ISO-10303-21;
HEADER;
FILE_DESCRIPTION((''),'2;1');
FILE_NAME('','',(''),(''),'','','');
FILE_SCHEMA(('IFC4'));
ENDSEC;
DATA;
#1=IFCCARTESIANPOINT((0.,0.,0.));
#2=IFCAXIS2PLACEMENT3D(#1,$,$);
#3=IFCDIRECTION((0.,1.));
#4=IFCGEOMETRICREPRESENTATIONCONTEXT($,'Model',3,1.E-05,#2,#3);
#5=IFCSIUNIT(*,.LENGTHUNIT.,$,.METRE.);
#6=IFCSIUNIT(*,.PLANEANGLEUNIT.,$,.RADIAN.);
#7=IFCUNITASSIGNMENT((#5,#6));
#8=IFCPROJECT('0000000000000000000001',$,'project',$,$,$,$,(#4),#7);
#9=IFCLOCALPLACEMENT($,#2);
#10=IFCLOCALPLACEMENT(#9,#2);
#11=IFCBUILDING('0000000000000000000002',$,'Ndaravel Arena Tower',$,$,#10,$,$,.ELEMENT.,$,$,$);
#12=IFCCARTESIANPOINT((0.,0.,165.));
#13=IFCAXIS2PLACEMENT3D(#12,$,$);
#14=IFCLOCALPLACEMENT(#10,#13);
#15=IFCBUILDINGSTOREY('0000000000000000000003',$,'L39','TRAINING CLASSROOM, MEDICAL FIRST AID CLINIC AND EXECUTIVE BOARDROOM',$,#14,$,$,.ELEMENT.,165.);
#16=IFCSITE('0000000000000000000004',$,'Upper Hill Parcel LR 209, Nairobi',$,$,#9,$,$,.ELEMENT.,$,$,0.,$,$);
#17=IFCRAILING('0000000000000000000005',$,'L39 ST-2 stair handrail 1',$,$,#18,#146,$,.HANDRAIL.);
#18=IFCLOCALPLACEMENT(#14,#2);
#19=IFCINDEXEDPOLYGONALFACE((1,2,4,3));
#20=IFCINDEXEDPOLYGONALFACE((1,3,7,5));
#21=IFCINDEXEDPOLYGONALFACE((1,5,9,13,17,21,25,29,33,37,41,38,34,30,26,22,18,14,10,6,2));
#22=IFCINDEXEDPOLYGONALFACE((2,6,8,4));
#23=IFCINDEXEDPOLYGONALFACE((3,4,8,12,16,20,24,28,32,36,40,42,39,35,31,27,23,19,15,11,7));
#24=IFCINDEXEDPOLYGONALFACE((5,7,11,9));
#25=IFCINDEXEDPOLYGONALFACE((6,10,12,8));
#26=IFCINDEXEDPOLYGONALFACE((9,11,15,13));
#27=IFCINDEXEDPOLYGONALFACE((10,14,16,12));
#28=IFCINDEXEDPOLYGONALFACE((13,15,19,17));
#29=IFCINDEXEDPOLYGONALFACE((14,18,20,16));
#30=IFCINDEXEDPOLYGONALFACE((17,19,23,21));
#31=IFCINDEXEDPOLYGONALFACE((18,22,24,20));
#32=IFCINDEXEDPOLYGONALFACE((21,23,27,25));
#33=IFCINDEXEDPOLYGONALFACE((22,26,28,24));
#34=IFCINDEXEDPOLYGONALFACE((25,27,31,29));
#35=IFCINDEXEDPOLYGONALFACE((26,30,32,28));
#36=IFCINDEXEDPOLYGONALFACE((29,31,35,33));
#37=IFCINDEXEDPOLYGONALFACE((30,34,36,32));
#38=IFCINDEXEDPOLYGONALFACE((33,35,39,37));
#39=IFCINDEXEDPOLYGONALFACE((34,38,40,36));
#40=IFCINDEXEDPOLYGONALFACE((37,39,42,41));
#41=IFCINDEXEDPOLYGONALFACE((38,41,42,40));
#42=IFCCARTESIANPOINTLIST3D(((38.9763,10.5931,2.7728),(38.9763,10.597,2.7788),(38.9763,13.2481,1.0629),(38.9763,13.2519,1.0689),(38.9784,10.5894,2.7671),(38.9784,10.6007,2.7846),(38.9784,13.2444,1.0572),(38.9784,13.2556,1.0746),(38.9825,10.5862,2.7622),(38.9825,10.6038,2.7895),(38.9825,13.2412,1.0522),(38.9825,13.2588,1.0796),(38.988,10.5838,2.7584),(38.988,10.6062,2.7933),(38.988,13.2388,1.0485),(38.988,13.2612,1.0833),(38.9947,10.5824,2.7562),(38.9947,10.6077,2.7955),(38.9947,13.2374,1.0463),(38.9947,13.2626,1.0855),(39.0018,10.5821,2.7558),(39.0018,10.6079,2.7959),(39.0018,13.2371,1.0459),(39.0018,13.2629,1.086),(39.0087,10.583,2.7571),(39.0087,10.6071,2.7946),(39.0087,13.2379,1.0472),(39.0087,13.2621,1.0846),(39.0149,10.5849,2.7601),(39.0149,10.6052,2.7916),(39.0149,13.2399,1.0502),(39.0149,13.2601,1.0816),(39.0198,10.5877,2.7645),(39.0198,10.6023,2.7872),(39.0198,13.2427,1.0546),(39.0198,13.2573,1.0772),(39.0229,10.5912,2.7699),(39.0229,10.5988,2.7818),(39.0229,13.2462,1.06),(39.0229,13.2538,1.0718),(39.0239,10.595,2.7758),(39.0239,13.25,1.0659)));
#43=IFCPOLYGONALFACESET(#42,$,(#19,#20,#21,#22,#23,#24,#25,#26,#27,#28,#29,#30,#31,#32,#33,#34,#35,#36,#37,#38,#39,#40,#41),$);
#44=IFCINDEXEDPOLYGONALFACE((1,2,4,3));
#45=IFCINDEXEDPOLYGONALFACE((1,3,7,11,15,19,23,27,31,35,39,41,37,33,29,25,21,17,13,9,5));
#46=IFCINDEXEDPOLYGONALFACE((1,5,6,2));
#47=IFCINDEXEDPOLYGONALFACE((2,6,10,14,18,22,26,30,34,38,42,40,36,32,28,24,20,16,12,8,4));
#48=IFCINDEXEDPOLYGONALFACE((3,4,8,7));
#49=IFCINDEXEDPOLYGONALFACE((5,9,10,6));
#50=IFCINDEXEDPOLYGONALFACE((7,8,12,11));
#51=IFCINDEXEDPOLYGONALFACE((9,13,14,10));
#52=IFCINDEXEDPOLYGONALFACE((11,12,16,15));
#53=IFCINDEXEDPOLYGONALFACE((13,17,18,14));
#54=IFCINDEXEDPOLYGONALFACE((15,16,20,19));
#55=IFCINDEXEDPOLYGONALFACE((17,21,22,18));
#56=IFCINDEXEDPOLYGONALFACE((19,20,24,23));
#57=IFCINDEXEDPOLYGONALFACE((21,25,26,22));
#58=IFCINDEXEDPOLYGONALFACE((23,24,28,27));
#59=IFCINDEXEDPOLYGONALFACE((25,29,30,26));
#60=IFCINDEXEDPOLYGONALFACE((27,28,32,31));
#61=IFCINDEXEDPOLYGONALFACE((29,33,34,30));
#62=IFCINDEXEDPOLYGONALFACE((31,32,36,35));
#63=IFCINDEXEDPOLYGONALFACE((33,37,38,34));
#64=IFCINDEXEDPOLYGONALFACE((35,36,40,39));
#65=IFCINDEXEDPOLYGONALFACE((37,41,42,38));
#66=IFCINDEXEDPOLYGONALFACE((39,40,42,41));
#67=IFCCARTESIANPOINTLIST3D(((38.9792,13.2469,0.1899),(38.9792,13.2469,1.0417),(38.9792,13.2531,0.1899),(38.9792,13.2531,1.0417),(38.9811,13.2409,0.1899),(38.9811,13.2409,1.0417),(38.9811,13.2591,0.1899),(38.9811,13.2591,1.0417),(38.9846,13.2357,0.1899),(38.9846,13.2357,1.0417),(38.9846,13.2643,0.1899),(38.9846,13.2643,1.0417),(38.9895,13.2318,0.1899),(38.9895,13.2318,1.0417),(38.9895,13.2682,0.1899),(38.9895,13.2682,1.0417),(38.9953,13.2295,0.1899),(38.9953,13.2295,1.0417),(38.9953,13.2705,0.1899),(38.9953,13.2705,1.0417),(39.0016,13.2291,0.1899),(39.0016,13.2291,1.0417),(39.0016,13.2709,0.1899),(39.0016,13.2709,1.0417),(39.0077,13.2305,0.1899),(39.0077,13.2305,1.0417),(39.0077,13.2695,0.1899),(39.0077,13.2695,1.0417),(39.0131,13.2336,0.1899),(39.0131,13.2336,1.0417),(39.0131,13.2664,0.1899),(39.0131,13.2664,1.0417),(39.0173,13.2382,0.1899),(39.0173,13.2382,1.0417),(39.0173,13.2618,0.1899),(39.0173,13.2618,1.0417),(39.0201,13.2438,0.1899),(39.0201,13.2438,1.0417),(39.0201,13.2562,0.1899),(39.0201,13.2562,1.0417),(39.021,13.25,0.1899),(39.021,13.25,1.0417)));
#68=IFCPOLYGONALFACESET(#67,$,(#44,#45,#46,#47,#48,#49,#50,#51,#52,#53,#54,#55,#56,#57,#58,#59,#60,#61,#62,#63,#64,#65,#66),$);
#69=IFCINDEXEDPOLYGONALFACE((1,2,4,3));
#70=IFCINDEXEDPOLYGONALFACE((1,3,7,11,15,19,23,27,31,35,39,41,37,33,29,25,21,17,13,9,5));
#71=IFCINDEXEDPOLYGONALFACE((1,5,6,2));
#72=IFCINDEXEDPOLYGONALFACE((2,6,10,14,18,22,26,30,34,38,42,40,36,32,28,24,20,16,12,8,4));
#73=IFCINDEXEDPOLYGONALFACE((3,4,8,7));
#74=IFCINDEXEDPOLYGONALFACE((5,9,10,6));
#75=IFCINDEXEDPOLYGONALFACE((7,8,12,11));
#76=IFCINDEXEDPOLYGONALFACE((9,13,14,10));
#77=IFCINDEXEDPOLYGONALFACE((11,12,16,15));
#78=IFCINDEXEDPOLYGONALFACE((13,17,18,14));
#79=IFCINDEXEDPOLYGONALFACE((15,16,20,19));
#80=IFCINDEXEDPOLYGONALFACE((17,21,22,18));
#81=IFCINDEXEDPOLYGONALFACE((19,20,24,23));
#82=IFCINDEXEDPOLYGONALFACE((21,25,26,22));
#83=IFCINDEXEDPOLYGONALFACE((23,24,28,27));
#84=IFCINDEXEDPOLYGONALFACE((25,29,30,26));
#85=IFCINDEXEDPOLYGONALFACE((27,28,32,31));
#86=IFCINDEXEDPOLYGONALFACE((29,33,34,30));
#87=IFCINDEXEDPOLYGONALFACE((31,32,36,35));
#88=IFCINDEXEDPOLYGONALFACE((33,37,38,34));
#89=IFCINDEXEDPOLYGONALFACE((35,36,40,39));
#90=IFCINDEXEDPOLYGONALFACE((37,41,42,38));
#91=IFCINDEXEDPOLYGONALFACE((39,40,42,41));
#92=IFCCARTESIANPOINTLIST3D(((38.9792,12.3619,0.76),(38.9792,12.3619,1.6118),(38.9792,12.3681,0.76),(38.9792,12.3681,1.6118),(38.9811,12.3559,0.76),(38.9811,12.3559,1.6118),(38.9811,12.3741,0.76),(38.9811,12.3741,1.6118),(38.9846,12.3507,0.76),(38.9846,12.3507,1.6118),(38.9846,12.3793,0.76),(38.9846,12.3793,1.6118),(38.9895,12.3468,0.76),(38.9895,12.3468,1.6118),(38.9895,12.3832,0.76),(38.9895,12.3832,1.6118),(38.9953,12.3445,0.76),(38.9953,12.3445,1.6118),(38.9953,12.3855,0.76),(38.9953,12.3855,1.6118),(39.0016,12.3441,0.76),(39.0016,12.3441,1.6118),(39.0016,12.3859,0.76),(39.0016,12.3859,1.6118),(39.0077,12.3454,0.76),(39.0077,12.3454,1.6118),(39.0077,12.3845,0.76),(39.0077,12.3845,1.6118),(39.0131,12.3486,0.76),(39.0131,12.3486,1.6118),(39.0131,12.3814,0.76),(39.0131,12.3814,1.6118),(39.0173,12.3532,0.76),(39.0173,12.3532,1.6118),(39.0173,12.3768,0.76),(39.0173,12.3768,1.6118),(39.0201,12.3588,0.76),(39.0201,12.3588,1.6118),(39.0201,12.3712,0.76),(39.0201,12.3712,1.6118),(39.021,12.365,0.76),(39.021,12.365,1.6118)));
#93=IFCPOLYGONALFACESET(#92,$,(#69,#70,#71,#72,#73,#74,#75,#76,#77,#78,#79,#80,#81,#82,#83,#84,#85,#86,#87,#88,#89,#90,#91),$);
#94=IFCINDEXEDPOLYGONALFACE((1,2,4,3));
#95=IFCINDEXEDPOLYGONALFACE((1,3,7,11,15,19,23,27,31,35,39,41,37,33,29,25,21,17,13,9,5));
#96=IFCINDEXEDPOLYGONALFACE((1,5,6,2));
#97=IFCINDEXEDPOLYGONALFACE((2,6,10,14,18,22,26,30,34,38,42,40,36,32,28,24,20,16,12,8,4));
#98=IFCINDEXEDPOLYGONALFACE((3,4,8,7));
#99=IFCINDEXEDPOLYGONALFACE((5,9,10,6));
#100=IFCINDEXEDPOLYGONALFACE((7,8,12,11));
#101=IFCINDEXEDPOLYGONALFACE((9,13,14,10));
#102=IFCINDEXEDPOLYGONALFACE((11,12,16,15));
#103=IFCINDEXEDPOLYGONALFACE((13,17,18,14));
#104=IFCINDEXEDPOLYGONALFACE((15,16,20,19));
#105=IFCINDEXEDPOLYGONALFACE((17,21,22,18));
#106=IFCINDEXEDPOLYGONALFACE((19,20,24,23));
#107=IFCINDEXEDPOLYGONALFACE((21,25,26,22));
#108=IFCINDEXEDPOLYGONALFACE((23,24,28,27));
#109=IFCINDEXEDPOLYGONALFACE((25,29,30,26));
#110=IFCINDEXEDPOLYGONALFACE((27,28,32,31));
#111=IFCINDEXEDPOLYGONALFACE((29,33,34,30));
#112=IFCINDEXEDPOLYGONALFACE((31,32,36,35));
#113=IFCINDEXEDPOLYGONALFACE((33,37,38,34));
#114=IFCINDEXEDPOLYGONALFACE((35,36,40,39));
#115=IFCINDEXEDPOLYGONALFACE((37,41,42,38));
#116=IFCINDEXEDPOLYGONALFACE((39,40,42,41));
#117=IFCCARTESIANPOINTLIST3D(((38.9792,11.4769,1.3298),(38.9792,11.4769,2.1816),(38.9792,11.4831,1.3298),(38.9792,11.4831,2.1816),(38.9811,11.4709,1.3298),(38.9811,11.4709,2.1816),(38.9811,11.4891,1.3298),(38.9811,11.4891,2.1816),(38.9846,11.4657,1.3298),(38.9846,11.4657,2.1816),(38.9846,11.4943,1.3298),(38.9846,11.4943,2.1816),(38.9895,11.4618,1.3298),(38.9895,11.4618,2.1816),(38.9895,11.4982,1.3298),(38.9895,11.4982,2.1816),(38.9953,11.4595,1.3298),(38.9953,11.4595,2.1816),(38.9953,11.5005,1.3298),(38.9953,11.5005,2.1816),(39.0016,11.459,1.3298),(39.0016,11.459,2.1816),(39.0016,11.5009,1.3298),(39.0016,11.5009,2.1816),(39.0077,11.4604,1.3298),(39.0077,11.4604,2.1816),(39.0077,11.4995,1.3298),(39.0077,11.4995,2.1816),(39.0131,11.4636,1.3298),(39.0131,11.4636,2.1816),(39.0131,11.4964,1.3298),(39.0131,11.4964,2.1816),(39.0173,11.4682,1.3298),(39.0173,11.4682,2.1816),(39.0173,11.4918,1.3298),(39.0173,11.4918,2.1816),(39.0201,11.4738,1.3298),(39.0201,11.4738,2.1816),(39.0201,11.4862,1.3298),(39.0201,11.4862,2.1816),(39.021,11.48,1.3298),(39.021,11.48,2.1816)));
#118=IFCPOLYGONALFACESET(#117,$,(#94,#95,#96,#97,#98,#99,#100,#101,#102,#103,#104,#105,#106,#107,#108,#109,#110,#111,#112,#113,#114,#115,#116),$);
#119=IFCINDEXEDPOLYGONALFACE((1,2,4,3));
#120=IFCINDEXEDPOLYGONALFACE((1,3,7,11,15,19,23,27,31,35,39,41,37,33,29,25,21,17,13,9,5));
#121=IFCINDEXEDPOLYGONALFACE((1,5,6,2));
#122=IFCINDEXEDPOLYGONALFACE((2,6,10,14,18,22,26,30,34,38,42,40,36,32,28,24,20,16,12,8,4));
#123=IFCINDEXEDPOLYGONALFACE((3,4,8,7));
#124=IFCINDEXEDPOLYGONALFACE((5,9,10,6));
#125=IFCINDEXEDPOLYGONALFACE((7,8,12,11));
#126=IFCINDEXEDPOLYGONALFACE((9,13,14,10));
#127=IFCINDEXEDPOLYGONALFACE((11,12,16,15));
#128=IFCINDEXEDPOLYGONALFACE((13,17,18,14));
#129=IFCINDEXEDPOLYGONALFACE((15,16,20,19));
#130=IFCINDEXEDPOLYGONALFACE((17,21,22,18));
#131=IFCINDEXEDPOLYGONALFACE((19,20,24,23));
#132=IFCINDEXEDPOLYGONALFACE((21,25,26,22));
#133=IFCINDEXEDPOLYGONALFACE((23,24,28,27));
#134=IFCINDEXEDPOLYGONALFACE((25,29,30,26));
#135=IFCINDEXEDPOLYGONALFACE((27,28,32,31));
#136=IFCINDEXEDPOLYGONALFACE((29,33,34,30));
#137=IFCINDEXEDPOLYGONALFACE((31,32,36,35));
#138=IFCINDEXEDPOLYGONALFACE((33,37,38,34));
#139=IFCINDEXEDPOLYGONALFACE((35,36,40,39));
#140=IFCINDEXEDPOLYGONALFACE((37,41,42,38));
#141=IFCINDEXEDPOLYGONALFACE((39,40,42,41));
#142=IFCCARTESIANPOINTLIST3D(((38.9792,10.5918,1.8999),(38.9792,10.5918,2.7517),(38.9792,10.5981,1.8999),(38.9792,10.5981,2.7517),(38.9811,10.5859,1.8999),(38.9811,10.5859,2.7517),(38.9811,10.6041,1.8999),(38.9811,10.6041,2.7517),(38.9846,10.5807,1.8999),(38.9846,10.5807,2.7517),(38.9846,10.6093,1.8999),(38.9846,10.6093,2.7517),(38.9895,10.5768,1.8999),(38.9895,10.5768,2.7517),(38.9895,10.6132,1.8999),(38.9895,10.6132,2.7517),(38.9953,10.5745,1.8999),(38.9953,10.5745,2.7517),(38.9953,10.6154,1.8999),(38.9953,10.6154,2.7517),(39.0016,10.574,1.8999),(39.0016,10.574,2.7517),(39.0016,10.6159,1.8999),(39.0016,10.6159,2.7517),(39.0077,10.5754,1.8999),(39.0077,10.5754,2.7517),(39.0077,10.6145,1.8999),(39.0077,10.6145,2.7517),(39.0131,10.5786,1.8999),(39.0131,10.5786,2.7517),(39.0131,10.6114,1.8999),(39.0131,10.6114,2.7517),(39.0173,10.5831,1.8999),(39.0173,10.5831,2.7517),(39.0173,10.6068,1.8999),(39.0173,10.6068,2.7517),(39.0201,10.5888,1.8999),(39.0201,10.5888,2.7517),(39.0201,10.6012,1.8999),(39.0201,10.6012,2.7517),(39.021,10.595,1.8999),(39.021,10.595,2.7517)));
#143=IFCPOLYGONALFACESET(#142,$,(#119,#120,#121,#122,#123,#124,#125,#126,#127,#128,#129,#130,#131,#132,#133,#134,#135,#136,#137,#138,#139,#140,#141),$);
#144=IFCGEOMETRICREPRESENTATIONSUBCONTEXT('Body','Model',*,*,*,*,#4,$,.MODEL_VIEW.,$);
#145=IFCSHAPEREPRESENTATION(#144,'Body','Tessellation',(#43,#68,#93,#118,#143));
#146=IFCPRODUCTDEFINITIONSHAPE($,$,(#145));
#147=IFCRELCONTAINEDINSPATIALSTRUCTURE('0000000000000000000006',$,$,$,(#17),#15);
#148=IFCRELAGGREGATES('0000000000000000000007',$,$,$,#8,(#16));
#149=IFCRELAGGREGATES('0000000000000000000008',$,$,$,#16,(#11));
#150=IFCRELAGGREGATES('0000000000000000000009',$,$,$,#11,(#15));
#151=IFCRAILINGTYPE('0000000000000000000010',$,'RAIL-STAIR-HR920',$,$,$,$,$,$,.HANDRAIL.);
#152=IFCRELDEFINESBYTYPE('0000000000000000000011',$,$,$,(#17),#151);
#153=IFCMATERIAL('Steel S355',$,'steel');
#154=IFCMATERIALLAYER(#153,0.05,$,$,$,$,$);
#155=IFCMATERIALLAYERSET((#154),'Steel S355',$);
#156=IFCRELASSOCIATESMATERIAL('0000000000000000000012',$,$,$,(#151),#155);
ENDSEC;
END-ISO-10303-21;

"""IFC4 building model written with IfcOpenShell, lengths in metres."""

from ifc_helpers import new_model, si_unit, direction, frame, origin, origin_2d, place, context, subcontext, project, spatial, circle, extrude, material, layer, layer_set, type_object, element, save


model = new_model("IFC4")

# Units and contexts
model_context = context("Model", 3, precision=1e-05, world=origin(), true_north=direction((0.0, 1.0)))
body_context = subcontext(model_context, "Body", "Model", "MODEL_VIEW")
ifc_project = project(units=[si_unit("LENGTHUNIT", "METRE"), si_unit("PLANEANGLEUNIT", "RADIAN")], contexts=[model_context])

# Site, building, storey
site_placement = place(None, origin())
site = spatial("IfcSite", under=ifc_project, at=site_placement, Name="Upper Hill Parcel LR 209, Nairobi", CompositionType="ELEMENT", RefElevation=0.0)
building_placement = place(site_placement, origin())
building = spatial("IfcBuilding", under=site, at=building_placement, Name="Ndaravel Arena Tower", CompositionType="ELEMENT")
storey_placement = place(building_placement, frame((0.0, 0.0, 165.0)))
storey = spatial("IfcBuildingStorey", under=building, at=storey_placement, Name="L39", Description="TRAINING CLASSROOM, MEDICAL FIRST AID CLINIC AND EXECUTIVE BOARDROOM", CompositionType="ELEMENT", Elevation=165.0)

# Railing
ifc_material_1 = material(Name="Steel S355", Category="steel")
ifc_layer_1 = layer(ifc_material_1, 0.05)
ifc_layer_set_1 = layer_set([ifc_layer_1], Name="Steel S355")
railing_type_1 = type_object("IfcRailingType", Name="RAIL-STAIR-HR920", PredefinedType="HANDRAIL", material=ifc_layer_set_1)
railing_1_placement = place(storey_placement, frame((39.0, 13.25, 0.1899)))
element("IfcRailing", 1, at=railing_1_placement, inside=storey, type_object=railing_type_1, Name="L39 ST-2 stair handrail 1", PredefinedType="HANDRAIL", context=body_context, shape_type="SweptSolid", body=[
    extrude(circle(Radius=0.0239, at=origin_2d()), frame((0.0, 0.0, 0.876), z_axis=(0.0, -0.840724, 0.541465), x_axis=(1.0, 0.0, 0.0)), (0.0, 0.0, 1.0), 3.158),
    extrude(circle(Radius=0.021, at=origin_2d()), origin(), (0.0, 0.0, 1.0), 0.8518),
    extrude(circle(Radius=0.021, at=origin_2d()), frame((0.0, -0.885, 0.5701)), (0.0, 0.0, 1.0), 0.8518),
    extrude(circle(Radius=0.021, at=origin_2d()), frame((0.0, -1.77, 1.1399)), (0.0, 0.0, 1.0), 0.8518),
    extrude(circle(Radius=0.021, at=origin_2d()), frame((0.0, -2.655, 1.71)), (0.0, 0.0, 1.0), 0.8518),
])

save(model, "model.ifc")
